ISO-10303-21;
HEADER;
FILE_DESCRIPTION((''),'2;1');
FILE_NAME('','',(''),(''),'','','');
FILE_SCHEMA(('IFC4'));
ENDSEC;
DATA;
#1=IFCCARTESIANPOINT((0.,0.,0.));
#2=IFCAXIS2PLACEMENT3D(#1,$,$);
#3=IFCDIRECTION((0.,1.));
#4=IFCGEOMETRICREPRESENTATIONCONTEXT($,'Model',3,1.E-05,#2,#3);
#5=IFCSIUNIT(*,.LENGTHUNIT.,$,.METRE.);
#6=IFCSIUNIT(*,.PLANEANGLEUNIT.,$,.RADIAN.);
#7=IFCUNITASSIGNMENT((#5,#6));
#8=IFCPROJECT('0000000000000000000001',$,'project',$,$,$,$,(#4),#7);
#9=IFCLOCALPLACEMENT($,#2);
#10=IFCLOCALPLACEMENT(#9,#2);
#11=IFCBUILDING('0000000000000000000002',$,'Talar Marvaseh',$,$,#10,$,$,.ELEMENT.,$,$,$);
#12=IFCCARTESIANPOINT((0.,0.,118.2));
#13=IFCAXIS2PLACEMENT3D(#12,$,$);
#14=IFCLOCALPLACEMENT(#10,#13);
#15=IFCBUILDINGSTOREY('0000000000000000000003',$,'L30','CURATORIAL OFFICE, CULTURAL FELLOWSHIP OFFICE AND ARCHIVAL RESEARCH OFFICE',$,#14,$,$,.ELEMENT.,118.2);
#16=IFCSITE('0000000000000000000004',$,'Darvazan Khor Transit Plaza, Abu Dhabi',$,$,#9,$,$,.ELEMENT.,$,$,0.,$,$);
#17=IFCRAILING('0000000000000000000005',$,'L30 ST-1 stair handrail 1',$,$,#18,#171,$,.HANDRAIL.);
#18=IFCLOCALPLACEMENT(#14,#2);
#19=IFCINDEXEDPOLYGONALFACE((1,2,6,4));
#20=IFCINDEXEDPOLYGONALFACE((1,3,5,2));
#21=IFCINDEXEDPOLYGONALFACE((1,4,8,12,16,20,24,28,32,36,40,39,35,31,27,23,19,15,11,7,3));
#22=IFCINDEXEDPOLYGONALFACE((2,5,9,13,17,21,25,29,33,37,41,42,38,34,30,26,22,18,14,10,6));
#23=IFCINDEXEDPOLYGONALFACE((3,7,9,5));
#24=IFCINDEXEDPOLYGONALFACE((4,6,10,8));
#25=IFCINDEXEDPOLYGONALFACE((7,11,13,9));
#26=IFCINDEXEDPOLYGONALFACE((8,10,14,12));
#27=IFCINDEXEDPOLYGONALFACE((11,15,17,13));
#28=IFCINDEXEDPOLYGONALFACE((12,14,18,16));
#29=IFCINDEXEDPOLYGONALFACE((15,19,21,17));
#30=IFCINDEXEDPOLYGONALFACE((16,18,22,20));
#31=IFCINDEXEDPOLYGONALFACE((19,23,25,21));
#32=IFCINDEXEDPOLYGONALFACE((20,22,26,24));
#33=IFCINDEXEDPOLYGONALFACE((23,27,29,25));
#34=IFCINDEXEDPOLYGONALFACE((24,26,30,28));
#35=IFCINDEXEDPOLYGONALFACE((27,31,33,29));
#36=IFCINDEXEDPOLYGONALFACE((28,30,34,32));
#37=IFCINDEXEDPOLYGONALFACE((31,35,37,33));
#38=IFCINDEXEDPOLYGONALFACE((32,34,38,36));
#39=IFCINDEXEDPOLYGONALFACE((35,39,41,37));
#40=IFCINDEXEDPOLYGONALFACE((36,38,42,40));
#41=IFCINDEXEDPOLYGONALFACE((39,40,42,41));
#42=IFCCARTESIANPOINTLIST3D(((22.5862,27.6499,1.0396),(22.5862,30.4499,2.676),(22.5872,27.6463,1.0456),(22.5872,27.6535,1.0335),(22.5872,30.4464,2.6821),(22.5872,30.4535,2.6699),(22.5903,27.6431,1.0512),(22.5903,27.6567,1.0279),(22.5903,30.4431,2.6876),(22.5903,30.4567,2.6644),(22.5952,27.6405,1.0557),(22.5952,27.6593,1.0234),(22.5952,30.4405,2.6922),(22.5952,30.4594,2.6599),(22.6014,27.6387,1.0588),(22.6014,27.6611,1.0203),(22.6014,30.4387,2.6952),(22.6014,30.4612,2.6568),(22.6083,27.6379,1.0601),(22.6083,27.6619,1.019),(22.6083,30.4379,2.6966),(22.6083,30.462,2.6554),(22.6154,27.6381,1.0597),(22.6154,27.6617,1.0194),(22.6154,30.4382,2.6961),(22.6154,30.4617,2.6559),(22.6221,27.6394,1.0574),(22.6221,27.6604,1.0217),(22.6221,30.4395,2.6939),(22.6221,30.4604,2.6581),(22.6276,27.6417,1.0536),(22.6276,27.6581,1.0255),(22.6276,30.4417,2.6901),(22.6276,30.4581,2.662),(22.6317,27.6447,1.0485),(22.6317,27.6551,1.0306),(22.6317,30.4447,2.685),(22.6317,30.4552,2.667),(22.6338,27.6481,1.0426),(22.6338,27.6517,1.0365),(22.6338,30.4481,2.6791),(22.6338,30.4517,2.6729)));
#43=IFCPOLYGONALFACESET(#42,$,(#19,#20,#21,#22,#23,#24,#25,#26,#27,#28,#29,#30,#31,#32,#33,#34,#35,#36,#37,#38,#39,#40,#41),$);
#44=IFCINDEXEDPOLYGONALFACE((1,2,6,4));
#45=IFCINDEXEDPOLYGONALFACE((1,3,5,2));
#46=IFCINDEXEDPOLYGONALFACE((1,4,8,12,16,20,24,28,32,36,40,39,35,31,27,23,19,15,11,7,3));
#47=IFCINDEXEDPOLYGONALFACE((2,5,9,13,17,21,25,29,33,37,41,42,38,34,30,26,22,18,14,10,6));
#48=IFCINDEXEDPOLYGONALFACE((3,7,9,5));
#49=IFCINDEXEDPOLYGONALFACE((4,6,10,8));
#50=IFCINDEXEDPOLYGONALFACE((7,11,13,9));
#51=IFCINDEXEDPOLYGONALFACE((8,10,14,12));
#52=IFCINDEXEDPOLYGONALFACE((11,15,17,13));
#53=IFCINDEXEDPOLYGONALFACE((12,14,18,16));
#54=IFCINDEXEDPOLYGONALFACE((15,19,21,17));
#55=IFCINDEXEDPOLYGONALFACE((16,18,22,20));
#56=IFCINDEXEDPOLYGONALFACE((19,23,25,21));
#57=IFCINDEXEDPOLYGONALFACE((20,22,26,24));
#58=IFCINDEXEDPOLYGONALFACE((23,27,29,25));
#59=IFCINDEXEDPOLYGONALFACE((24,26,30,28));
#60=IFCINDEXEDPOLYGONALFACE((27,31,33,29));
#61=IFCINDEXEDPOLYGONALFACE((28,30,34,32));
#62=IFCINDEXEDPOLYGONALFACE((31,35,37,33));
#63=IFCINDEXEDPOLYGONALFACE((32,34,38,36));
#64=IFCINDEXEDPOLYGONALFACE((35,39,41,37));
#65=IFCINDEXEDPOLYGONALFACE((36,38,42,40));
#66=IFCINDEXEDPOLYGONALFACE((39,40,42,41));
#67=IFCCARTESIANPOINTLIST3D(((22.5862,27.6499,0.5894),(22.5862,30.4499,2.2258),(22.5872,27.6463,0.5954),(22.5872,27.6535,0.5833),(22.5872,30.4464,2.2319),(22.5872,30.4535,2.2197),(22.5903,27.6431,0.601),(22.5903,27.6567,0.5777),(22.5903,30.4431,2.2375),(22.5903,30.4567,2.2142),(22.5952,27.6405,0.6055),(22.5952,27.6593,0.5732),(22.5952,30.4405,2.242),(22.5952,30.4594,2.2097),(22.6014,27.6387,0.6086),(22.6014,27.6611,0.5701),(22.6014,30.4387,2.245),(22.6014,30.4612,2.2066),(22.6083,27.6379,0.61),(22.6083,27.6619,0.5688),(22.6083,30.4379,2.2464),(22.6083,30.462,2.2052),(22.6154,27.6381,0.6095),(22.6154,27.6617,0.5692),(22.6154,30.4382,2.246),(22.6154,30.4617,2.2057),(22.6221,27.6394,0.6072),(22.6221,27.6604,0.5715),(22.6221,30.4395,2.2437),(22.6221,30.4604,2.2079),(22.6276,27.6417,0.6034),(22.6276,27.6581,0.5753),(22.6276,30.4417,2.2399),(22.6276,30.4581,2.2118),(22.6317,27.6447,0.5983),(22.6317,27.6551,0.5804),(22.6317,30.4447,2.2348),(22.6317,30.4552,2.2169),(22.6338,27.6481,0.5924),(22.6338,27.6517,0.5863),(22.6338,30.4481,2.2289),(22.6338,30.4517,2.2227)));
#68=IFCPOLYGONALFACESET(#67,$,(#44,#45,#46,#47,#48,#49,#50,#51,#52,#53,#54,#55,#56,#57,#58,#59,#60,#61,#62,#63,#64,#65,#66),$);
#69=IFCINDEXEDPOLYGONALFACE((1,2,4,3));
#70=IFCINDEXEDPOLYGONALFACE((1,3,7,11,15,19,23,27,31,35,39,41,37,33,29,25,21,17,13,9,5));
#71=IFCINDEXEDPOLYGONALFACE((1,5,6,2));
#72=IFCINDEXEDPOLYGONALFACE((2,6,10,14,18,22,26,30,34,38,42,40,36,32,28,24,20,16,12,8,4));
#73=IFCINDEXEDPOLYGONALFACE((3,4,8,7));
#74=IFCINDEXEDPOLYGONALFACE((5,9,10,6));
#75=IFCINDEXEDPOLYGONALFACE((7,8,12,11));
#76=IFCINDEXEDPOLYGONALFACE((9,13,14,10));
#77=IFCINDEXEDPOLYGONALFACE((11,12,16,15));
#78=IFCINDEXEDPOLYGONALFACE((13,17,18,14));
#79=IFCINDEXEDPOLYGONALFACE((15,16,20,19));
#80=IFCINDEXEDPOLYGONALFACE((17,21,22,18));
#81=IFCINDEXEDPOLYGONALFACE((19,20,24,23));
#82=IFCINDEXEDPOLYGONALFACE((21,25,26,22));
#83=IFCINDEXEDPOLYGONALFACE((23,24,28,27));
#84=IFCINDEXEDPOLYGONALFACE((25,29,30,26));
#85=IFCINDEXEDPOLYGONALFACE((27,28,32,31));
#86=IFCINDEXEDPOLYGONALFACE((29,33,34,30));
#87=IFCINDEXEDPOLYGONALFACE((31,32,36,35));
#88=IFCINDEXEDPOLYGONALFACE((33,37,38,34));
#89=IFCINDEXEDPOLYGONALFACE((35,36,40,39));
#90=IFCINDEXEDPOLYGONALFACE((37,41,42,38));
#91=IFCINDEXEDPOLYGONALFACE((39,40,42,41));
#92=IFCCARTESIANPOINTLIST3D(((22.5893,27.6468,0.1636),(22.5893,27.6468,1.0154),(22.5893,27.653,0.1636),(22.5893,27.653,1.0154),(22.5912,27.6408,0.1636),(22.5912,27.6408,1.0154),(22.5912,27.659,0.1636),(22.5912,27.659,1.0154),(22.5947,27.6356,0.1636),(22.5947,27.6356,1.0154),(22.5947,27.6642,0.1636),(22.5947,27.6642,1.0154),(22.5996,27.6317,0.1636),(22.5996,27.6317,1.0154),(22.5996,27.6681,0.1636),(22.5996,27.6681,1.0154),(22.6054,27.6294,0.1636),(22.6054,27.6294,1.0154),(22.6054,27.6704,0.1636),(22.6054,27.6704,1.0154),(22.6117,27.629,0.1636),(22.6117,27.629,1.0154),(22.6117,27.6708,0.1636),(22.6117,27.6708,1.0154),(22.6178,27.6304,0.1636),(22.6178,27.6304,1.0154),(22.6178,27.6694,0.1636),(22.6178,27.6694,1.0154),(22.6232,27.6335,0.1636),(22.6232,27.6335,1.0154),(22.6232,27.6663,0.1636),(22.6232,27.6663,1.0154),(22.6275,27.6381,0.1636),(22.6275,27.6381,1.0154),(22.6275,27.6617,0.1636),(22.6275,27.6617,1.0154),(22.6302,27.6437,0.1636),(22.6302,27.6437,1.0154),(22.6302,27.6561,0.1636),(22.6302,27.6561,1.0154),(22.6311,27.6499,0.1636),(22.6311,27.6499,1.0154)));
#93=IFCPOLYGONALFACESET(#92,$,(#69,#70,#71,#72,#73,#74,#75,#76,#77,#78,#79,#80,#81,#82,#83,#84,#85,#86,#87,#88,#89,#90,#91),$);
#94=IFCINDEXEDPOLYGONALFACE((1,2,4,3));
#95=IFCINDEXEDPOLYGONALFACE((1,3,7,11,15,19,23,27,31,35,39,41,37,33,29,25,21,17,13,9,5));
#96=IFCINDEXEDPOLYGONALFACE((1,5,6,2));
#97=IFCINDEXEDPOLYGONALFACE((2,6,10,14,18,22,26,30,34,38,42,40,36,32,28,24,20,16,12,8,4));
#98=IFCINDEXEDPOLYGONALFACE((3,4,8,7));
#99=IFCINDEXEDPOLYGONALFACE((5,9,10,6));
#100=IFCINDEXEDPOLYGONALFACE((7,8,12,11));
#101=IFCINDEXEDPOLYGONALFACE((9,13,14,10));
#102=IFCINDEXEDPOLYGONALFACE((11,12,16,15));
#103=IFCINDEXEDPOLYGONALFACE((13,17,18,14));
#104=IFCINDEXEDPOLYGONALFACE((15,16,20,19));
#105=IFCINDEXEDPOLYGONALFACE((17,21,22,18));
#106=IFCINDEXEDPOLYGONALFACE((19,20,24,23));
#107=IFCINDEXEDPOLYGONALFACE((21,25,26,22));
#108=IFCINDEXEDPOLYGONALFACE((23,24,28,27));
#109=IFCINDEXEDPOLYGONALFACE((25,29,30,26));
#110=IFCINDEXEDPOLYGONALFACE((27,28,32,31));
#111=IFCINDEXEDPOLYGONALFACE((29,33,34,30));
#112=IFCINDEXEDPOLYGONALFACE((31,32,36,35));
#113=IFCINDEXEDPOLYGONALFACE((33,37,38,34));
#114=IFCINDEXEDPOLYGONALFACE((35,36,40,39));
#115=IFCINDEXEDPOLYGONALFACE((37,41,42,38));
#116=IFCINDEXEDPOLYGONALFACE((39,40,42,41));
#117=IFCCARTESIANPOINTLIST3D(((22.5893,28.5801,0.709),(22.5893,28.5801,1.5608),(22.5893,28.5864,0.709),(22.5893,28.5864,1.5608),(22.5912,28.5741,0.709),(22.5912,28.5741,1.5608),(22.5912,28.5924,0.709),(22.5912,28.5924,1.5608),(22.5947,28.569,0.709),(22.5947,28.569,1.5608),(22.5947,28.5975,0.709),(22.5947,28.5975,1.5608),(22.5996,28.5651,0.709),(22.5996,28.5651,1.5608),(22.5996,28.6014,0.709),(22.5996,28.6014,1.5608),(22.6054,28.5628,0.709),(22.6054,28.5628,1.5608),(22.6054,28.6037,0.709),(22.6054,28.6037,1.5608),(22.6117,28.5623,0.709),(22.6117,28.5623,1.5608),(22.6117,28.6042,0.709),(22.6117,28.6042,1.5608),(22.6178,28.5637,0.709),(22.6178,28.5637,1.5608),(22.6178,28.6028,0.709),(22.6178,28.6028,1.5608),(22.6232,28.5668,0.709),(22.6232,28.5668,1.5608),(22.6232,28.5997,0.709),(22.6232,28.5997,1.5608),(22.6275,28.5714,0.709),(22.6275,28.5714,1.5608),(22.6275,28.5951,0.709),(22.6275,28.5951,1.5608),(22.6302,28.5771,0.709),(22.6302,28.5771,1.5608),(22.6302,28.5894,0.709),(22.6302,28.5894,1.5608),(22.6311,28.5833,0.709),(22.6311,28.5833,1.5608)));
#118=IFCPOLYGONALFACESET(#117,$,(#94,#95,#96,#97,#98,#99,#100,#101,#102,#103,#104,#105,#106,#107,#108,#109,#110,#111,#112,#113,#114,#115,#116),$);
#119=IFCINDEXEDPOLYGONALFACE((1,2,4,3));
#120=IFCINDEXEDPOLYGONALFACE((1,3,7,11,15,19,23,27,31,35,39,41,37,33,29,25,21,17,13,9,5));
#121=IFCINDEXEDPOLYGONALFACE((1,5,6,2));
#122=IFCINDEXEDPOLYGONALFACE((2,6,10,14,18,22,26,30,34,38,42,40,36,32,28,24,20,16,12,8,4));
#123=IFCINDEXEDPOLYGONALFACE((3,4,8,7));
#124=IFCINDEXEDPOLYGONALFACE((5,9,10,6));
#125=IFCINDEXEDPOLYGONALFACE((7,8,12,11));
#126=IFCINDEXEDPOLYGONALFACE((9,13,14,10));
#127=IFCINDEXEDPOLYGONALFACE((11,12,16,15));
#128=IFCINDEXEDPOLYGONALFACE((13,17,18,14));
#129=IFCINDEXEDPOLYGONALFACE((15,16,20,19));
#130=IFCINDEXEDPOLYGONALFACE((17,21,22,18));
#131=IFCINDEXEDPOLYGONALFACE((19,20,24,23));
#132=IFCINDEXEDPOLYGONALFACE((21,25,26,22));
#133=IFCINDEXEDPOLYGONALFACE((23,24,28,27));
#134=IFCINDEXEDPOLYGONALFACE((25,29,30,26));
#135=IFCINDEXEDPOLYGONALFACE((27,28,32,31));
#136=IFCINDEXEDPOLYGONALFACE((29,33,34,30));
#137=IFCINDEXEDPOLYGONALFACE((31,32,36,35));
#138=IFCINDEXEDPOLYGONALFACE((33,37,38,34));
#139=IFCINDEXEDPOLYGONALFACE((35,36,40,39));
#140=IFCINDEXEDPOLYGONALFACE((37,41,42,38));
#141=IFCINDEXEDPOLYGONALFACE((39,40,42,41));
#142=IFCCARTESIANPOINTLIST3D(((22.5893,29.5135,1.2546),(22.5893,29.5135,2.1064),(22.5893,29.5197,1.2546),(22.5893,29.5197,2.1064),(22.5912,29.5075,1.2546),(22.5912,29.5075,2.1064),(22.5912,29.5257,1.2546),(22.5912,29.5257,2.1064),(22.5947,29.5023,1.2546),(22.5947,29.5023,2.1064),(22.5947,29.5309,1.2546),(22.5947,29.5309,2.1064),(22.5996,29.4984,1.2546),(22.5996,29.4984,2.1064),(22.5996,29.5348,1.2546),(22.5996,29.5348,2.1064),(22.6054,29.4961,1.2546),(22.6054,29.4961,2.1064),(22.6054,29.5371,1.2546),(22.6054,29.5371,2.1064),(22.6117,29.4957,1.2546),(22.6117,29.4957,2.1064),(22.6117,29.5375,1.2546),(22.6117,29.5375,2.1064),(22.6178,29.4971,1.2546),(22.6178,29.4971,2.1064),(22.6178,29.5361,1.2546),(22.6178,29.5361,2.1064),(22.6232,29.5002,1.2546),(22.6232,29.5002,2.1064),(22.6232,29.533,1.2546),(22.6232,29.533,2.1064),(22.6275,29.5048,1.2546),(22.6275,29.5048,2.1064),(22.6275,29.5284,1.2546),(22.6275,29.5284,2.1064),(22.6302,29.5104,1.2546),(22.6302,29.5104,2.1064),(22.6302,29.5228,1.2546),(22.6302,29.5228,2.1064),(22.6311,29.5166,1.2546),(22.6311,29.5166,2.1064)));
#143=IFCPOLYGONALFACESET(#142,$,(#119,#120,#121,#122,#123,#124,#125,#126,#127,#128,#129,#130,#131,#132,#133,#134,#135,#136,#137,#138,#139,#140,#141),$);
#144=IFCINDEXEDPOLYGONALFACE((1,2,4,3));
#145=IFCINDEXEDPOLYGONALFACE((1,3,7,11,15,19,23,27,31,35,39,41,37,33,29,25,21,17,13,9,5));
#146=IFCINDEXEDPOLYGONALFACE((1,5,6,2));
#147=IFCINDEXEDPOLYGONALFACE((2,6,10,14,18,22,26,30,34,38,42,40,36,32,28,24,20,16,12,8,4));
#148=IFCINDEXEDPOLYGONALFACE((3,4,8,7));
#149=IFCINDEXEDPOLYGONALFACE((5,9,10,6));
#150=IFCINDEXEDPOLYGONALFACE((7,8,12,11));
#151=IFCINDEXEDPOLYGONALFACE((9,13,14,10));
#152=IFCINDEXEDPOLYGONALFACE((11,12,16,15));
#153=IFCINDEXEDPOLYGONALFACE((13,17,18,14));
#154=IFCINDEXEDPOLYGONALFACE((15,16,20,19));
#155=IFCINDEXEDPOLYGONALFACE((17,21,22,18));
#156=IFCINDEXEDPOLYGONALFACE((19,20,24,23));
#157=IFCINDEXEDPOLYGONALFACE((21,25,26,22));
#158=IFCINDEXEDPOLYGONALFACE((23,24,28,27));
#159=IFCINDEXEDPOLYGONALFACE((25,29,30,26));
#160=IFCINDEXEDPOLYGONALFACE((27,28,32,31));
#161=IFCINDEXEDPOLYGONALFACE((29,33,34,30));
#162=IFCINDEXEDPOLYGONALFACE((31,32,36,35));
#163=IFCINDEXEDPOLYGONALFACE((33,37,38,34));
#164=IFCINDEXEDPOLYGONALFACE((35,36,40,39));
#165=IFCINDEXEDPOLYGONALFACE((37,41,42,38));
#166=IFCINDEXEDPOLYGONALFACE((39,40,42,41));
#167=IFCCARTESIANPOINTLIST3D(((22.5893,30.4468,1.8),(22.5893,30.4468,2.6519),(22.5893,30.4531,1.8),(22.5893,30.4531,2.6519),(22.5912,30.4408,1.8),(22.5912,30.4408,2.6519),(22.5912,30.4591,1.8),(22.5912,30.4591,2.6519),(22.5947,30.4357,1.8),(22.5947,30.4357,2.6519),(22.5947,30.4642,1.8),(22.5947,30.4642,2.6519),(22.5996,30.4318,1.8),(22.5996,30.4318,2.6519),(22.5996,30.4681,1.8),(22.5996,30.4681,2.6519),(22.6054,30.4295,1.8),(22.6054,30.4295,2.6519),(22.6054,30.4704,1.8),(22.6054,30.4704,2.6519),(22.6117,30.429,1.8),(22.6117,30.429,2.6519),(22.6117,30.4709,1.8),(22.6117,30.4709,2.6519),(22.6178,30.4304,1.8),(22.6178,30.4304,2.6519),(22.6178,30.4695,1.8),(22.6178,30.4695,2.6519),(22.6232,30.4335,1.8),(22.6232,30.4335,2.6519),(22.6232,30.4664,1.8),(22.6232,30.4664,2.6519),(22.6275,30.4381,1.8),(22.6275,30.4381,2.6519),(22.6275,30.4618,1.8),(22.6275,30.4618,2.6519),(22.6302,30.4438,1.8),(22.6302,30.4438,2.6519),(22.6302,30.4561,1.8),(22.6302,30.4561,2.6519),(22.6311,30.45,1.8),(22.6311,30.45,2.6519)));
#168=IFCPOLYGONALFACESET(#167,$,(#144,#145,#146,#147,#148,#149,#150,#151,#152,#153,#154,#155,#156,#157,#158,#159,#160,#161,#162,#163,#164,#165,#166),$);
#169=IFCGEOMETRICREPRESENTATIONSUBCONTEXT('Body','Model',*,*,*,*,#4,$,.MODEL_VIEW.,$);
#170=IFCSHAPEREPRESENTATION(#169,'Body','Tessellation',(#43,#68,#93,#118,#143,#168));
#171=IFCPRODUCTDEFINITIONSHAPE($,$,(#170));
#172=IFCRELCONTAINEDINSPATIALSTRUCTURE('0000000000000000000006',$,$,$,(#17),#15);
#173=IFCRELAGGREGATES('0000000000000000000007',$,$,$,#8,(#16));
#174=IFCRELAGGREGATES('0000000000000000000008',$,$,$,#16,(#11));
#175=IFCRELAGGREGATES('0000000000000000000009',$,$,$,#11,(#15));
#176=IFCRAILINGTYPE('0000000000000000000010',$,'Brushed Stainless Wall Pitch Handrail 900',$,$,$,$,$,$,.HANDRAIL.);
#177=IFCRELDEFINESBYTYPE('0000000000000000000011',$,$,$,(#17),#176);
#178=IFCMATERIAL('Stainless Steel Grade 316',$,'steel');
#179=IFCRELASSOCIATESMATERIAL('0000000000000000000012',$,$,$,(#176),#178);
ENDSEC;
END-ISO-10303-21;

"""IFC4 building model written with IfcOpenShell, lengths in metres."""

from ifc_helpers import new_model, si_unit, direction, frame, origin, origin_2d, place, context, subcontext, project, spatial, circle, extrude, material, type_object, element, save


model = new_model("IFC4")

# Units and contexts
model_context = context("Model", 3, precision=1e-05, world=origin(), true_north=direction((0.0, 1.0)))
body_context = subcontext(model_context, "Body", "Model", "MODEL_VIEW")
ifc_project = project(units=[si_unit("LENGTHUNIT", "METRE"), si_unit("PLANEANGLEUNIT", "RADIAN")], contexts=[model_context])

# Site, building, storey
site_placement = place(None, origin())
site = spatial("IfcSite", under=ifc_project, at=site_placement, Name="Darvazan Khor Transit Plaza, Abu Dhabi", CompositionType="ELEMENT", RefElevation=0.0)
building_placement = place(site_placement, origin())
building = spatial("IfcBuilding", under=site, at=building_placement, Name="Talar Marvaseh", CompositionType="ELEMENT")
storey_placement = place(building_placement, frame((0.0, 0.0, 118.2)))
storey = spatial("IfcBuildingStorey", under=building, at=storey_placement, Name="L30", Description="CURATORIAL OFFICE, CULTURAL FELLOWSHIP OFFICE AND ARCHIVAL RESEARCH OFFICE", CompositionType="ELEMENT", Elevation=118.2)

# Railing
ifc_material_1 = material(Name="Stainless Steel Grade 316", Category="steel")
railing_type_1 = type_object("IfcRailingType", Name="Brushed Stainless Wall Pitch Handrail 900", PredefinedType="HANDRAIL", material=ifc_material_1)
railing_1_placement = place(storey_placement, frame((22.6101, 27.6499, 0.1636)))
element("IfcRailing", 1, at=railing_1_placement, inside=storey, type_object=railing_type_1, Name="L30 ST-1 stair handrail 1", PredefinedType="HANDRAIL", context=body_context, shape_type="SweptSolid", body=[
    extrude(circle(Radius=0.0239, at=origin_2d()), frame((0.0, 0.0, 0.876), z_axis=(0.0, 0.863361, 0.504587), x_axis=(-1.0, 0.0, 0.0)), (0.0, 0.0, 1.0), 3.2432),
    extrude(circle(Radius=0.0239, at=origin_2d()), frame((0.0, 0.0, 0.4258), z_axis=(0.0, 0.863361, 0.504587), x_axis=(-1.0, 0.0, 0.0)), (0.0, 0.0, 1.0), 3.2432),
    extrude(circle(Radius=0.021, at=origin_2d()), origin(), (0.0, 0.0, 1.0), 0.8518),
    extrude(circle(Radius=0.021, at=origin_2d()), frame((0.0, 0.9333, 0.5454)), (0.0, 0.0, 1.0), 0.8518),
    extrude(circle(Radius=0.021, at=origin_2d()), frame((0.0, 1.8667, 1.0911)), (0.0, 0.0, 1.0), 0.8518),
    extrude(circle(Radius=0.021, at=origin_2d()), frame((0.0, 2.8, 1.6365)), (0.0, 0.0, 1.0), 0.8518),
])

save(model, "model.ifc")
